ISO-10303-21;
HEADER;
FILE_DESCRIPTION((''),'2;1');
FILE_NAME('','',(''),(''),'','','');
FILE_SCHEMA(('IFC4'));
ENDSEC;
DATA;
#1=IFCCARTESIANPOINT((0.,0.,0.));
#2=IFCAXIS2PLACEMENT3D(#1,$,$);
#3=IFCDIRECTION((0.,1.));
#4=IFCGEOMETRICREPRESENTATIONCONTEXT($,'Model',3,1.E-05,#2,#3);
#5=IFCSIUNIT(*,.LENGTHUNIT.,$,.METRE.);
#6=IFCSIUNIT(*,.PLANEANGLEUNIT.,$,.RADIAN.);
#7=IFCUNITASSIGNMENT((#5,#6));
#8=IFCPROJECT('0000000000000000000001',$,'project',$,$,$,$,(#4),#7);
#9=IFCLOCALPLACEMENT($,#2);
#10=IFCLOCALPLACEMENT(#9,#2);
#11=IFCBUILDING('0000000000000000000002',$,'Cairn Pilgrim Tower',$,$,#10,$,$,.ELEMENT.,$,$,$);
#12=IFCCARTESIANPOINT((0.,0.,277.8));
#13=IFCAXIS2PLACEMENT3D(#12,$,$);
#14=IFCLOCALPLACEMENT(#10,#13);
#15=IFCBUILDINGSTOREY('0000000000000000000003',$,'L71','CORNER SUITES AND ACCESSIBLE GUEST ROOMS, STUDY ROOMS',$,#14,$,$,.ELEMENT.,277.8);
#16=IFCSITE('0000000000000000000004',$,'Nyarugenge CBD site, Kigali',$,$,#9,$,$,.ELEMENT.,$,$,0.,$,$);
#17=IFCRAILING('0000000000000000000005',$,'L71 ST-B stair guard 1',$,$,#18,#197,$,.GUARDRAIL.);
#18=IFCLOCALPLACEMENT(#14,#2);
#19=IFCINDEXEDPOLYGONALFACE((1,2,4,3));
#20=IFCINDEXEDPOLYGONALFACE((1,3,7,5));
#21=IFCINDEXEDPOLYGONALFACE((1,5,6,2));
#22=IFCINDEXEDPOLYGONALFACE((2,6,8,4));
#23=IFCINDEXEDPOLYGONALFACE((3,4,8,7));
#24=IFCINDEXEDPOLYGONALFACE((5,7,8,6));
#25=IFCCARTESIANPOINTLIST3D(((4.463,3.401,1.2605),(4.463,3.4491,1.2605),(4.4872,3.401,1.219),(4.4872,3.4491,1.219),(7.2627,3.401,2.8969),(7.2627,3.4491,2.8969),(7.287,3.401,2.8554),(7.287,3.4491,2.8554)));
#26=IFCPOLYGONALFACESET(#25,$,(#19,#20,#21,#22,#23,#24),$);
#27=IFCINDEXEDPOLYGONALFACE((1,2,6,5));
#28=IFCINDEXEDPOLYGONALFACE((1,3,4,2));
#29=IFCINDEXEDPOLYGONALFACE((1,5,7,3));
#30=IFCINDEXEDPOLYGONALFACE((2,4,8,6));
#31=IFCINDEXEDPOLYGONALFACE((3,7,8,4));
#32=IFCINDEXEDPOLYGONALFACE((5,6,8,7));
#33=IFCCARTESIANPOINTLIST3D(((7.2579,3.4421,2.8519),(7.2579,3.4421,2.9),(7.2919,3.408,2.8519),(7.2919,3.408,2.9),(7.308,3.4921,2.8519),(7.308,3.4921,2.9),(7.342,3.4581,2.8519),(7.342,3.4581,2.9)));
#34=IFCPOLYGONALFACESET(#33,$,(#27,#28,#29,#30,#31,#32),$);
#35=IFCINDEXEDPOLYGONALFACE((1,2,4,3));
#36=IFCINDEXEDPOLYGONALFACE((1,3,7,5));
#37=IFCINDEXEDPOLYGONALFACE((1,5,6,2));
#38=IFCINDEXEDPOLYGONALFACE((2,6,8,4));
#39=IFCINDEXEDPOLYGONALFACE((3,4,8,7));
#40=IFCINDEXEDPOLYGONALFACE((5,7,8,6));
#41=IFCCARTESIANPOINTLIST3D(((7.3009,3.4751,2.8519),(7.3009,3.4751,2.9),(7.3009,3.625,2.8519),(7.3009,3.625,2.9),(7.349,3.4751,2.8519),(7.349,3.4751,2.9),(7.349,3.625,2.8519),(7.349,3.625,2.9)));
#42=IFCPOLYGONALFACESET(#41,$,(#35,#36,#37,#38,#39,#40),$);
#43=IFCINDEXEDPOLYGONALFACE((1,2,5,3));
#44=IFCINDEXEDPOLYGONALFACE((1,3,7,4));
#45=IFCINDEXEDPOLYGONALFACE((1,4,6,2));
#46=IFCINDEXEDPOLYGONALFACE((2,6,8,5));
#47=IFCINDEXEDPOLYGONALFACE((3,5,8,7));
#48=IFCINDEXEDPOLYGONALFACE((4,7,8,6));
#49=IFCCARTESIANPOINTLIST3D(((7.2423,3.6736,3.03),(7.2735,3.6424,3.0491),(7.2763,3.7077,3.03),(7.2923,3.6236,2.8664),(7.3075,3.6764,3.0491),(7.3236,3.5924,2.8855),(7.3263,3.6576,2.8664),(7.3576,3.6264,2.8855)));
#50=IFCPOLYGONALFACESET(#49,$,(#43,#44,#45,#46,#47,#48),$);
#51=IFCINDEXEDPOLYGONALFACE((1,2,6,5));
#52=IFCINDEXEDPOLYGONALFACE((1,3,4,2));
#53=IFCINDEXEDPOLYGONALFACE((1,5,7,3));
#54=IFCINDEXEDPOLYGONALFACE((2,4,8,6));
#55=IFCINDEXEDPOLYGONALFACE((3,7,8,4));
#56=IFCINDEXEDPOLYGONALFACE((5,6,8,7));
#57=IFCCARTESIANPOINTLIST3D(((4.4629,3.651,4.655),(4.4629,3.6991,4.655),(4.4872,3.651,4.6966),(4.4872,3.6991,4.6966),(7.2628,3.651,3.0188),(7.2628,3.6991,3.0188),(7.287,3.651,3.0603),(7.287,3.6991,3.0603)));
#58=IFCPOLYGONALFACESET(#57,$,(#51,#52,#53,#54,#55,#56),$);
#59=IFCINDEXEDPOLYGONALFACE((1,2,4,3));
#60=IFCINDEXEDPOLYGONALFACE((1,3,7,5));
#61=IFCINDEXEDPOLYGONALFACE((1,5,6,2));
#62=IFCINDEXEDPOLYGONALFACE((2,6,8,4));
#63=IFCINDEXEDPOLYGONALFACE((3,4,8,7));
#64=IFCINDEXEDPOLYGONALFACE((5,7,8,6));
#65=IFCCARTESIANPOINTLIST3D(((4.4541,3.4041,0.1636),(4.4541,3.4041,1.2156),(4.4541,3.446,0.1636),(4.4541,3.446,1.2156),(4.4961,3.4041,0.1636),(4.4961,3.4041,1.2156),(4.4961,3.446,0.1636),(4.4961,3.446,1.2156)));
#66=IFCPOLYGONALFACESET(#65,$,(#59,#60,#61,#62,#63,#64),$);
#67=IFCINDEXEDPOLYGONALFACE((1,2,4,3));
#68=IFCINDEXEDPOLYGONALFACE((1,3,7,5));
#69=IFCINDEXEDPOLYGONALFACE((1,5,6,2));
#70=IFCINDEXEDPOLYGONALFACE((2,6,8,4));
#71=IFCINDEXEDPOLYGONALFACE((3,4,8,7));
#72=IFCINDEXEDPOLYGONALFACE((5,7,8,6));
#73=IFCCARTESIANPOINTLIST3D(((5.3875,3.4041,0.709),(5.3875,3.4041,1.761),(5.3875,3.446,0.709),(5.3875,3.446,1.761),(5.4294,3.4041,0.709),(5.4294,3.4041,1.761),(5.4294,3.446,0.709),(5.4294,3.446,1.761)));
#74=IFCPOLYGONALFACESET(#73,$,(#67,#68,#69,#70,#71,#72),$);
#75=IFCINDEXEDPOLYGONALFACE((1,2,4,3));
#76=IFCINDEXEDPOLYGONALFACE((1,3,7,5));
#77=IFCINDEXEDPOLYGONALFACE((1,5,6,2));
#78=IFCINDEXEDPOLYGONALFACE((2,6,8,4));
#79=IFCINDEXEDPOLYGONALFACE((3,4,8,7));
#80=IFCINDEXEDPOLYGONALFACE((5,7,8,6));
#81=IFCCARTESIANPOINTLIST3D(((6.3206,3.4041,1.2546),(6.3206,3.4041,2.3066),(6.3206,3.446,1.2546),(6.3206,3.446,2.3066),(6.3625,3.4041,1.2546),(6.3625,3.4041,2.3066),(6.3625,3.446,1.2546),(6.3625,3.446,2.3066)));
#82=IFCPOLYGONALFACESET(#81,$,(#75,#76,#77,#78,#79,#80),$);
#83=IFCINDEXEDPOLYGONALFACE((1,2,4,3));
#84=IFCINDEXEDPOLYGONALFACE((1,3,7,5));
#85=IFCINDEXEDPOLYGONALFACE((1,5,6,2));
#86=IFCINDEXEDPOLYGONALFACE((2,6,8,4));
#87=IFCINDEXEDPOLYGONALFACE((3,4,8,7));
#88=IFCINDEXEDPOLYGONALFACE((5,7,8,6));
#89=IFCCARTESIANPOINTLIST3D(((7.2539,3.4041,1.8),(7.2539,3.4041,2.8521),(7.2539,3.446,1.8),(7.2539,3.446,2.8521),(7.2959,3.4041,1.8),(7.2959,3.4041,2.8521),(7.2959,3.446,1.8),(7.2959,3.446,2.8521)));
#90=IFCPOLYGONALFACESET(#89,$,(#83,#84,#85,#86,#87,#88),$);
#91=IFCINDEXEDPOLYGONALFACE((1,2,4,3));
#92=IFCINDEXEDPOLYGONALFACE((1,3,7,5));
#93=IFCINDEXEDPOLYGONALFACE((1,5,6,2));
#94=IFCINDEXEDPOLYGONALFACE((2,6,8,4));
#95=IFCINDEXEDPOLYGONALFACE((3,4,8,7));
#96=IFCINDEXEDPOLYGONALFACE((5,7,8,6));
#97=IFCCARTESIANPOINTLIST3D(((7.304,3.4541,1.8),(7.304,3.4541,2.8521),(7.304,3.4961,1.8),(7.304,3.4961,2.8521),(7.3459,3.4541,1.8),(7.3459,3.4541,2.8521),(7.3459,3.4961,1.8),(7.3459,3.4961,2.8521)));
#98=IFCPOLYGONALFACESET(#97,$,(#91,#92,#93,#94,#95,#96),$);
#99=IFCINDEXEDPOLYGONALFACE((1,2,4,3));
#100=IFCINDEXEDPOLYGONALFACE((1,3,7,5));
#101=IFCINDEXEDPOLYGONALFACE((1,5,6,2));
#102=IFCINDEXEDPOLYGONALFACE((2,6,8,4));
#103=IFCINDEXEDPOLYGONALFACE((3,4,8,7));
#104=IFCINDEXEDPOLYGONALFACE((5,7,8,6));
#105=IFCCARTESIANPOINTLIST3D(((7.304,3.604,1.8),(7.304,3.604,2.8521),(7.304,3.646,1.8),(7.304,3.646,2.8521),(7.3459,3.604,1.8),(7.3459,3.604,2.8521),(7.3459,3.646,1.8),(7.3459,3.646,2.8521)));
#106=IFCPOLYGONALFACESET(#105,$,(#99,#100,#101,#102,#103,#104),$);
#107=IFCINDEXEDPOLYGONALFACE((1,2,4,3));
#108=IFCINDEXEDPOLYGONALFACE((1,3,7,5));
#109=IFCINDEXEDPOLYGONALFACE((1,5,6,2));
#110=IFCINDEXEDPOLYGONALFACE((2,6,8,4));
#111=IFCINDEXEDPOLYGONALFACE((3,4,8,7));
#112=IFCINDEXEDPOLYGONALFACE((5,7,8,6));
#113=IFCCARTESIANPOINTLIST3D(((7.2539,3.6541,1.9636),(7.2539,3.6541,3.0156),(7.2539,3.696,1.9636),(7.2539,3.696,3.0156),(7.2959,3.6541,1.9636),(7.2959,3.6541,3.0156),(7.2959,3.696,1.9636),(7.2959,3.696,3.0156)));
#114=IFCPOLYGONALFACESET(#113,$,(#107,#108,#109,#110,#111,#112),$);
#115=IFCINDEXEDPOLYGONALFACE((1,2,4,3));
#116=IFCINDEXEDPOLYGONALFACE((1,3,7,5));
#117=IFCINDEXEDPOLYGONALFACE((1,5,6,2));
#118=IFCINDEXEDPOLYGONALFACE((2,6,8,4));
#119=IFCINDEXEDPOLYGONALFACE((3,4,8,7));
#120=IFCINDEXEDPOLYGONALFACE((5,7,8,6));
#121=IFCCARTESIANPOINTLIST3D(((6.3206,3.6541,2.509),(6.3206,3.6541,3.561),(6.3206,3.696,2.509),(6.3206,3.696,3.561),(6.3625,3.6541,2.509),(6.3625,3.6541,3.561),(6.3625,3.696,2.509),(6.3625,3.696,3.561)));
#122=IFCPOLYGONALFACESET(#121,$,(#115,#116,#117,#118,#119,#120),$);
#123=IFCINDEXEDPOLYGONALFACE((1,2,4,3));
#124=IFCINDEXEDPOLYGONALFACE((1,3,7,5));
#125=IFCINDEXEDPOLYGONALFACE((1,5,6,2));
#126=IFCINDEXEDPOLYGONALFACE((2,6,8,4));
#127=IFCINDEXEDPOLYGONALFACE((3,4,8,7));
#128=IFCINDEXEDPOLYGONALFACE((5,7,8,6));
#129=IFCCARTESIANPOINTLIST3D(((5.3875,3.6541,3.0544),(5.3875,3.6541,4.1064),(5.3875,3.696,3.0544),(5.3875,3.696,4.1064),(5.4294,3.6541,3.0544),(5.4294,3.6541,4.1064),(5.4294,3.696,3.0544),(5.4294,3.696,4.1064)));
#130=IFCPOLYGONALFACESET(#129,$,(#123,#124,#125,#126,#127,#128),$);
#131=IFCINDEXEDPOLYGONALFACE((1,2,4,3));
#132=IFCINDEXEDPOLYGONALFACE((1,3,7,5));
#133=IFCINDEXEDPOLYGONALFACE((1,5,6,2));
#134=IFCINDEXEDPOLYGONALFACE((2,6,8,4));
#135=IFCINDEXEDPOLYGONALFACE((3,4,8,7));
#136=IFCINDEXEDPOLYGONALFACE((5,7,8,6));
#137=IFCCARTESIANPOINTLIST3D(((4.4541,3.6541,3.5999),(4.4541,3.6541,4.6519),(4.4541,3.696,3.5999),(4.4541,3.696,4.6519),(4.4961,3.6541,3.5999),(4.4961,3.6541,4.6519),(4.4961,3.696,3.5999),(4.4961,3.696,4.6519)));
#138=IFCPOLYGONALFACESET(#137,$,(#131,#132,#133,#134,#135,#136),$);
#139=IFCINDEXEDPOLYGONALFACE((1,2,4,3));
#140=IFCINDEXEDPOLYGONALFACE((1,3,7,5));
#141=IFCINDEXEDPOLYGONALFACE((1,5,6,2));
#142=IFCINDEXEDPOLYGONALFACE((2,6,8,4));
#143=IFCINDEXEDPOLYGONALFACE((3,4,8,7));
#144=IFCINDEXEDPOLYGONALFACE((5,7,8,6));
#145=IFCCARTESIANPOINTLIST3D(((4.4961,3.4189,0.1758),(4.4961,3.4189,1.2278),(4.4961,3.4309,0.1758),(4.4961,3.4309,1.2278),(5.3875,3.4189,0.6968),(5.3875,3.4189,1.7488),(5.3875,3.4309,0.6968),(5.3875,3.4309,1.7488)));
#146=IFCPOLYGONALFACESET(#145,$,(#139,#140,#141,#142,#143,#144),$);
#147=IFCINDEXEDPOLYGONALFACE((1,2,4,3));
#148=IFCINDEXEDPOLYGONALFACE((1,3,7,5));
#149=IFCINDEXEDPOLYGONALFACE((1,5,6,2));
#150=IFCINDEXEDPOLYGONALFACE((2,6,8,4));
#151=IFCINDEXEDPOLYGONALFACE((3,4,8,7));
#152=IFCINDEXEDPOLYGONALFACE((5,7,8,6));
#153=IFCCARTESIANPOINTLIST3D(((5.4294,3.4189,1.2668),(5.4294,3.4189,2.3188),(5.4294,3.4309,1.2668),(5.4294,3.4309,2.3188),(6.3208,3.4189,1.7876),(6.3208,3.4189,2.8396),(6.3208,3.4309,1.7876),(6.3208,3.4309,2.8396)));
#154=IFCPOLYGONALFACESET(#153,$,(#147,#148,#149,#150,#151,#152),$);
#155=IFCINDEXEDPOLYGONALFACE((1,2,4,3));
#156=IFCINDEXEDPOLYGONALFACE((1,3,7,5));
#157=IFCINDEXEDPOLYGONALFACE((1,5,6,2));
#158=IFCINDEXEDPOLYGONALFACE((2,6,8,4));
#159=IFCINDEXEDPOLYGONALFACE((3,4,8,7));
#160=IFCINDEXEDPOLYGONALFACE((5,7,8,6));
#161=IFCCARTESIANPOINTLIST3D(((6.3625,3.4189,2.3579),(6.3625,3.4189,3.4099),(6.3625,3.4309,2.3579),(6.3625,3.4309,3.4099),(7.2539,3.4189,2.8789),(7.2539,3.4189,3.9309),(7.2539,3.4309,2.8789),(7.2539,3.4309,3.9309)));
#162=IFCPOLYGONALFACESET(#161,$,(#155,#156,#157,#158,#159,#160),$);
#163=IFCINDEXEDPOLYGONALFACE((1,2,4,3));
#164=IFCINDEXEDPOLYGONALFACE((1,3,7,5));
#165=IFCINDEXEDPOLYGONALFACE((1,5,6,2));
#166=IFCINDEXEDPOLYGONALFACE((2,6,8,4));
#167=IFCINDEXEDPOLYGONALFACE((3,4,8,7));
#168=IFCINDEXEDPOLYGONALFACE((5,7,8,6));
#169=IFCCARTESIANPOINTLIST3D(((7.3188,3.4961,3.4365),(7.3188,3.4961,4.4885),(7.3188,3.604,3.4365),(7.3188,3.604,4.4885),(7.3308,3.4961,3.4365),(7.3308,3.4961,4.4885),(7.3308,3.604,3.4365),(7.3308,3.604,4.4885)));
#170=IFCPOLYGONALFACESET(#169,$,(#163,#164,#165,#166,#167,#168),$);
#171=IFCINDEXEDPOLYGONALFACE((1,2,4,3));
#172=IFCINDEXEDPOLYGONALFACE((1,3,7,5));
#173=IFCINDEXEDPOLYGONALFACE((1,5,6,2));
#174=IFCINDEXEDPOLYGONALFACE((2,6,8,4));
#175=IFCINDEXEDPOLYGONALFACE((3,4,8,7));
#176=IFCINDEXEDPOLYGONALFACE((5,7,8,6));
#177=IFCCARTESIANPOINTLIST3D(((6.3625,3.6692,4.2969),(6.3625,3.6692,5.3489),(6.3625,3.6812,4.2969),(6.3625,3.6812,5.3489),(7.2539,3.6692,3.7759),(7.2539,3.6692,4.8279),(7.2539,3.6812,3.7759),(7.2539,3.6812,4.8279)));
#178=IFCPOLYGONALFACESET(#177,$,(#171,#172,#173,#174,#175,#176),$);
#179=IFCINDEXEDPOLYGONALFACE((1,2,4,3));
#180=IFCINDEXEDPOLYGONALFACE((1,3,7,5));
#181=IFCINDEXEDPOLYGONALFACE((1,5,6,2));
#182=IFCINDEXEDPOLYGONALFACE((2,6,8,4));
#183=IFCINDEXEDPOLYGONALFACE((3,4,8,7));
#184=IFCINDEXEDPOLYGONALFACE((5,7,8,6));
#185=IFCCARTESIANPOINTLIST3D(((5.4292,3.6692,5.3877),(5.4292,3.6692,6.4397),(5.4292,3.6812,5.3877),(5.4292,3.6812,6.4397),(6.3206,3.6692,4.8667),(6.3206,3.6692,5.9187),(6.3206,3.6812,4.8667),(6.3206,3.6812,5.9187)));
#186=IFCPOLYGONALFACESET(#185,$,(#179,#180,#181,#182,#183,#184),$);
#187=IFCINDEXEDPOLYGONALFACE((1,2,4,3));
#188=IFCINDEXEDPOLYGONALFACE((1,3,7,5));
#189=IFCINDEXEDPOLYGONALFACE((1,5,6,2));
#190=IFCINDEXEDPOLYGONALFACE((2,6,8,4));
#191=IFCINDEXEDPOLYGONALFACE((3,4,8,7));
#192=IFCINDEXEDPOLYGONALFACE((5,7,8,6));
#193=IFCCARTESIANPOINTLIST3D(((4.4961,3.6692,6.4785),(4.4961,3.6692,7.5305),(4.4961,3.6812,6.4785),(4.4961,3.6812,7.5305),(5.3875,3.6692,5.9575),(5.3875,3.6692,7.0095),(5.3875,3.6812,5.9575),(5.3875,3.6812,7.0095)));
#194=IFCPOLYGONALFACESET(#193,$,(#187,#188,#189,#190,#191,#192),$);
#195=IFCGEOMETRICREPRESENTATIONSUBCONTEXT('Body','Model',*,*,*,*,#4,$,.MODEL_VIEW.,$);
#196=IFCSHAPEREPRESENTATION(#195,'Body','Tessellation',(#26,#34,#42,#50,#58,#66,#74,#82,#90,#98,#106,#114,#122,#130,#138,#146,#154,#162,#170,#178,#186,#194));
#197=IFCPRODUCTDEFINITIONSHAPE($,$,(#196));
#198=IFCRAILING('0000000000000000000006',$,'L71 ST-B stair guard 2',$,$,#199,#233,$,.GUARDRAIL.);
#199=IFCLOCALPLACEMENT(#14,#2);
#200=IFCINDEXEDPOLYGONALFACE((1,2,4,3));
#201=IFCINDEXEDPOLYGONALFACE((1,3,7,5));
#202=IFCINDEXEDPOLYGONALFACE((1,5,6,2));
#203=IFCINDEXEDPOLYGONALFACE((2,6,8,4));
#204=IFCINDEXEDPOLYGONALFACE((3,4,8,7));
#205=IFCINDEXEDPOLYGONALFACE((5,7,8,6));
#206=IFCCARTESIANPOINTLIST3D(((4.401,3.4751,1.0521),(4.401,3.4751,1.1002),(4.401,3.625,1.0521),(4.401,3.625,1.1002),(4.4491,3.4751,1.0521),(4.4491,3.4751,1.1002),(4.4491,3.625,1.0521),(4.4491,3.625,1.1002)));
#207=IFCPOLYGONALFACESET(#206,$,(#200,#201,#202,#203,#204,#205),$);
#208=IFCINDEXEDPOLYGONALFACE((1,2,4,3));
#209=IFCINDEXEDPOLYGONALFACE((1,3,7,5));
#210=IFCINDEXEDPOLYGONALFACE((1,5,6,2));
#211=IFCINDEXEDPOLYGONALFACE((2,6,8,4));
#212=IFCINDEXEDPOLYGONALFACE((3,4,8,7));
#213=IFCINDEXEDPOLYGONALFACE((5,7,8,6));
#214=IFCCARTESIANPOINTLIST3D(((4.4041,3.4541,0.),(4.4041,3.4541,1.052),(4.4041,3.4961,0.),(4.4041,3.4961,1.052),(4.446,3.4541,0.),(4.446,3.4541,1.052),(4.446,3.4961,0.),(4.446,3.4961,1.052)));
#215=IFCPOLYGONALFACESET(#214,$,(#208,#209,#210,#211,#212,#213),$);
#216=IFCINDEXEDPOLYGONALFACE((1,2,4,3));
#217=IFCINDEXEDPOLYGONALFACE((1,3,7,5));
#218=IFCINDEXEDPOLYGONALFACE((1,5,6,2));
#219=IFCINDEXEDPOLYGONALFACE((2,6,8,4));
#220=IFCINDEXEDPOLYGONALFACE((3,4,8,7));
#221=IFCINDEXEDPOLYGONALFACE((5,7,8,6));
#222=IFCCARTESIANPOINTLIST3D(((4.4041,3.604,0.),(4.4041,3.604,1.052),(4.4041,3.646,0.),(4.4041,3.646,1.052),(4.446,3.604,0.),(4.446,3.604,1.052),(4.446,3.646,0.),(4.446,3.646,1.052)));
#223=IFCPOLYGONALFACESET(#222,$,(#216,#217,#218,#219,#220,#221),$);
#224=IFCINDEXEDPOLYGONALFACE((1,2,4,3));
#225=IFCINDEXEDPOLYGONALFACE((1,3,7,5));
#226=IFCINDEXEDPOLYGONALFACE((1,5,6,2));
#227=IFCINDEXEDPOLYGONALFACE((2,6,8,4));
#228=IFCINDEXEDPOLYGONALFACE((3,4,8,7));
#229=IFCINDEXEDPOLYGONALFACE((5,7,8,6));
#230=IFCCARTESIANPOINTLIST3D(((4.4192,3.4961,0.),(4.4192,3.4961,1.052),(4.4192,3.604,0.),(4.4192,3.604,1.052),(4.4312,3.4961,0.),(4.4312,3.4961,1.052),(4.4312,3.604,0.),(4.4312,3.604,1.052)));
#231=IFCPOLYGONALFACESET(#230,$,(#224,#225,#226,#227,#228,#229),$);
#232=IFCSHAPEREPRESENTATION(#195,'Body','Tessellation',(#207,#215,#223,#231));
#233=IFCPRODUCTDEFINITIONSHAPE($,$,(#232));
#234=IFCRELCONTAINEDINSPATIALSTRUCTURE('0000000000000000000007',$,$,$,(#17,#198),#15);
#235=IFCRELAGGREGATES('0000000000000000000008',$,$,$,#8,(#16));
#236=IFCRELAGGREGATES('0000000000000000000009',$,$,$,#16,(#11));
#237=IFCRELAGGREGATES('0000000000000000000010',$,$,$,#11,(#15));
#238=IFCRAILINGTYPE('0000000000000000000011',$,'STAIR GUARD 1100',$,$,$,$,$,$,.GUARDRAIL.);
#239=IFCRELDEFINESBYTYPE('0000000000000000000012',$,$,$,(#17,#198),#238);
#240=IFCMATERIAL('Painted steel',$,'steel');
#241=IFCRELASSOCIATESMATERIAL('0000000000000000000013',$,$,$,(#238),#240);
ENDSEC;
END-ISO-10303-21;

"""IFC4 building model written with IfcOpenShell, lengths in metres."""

from ifc_helpers import new_model, si_unit, direction, frame, origin, origin_2d, place, context, subcontext, project, spatial, polyline, rectangle, outline, extrude, material, type_object, element, save


model = new_model("IFC4")

# Units and contexts
model_context = context("Model", 3, precision=1e-05, world=origin(), true_north=direction((0.0, 1.0)))
body_context = subcontext(model_context, "Body", "Model", "MODEL_VIEW")
ifc_project = project(units=[si_unit("LENGTHUNIT", "METRE"), si_unit("PLANEANGLEUNIT", "RADIAN")], contexts=[model_context])

# Site, building, storey
site_placement = place(None, origin())
site = spatial("IfcSite", under=ifc_project, at=site_placement, Name="Nyarugenge CBD site, Kigali", CompositionType="ELEMENT", RefElevation=0.0)
building_placement = place(site_placement, origin())
building = spatial("IfcBuilding", under=site, at=building_placement, Name="Cairn Pilgrim Tower", CompositionType="ELEMENT")
storey_placement = place(building_placement, frame((0.0, 0.0, 277.8)))
storey = spatial("IfcBuildingStorey", under=building, at=storey_placement, Name="L71", Description="CORNER SUITES AND ACCESSIBLE GUEST ROOMS, STUDY ROOMS", CompositionType="ELEMENT", Elevation=277.8)

# Shared definitions
ifc_material_1 = material(Name="Painted steel", Category="steel")

# Railings
railing_type_1 = type_object("IfcRailingType", Name="STAIR GUARD 1100", PredefinedType="GUARDRAIL", material=ifc_material_1)
railing_1_placement = place(storey_placement, frame((4.4751, 3.425, 0.1636)))
element("IfcRailing", 1, at=railing_1_placement, inside=storey, type_object=railing_type_1, Name="L71 ST-B stair guard 1", PredefinedType="GUARDRAIL", context=body_context, shape_type="SweptSolid", body=[
    extrude(rectangle(XDim=0.0481, YDim=0.0481, at=origin_2d()), frame((0.0, 0.0, 1.0762), z_axis=(0.863342, 0.0, 0.50462), x_axis=(0.0, 1.0, 0.0)), (0.0, 0.0, 1.0), 3.2429),
    extrude(rectangle(XDim=0.0481, YDim=0.0481, at=origin_2d()), frame((2.7998, 0.0, 2.7124), z_axis=(0.707107, 0.707107, 0.0), x_axis=(-0.707107, 0.707107, 0.0)), (0.0, 0.0, 1.0), 0.0708),
    extrude(rectangle(XDim=0.0481, YDim=0.0481, at=origin_2d()), frame((2.8499, 0.05, 2.7124), z_axis=(0.0, 1.0, 0.0), x_axis=(-1.0, 0.0, 0.0)), (0.0, 0.0, 1.0), 0.1499),
    extrude(rectangle(XDim=0.0481, YDim=0.0481, at=origin_2d()), frame((2.8499, 0.2, 2.7124), z_axis=(-0.280809, 0.280809, 0.917765), x_axis=(-0.707107, -0.707107, 0.0)), (0.0, 0.0, 1.0), 0.1782),
    extrude(rectangle(XDim=0.0481, YDim=0.0481, at=origin_2d()), frame((2.7998, 0.25, 2.876), z_axis=(-0.863374, 0.0, 0.504564), x_axis=(0.0, -1.0, 0.0)), (0.0, 0.0, 1.0), 3.2429),
    extrude(rectangle(XDim=0.042, YDim=0.042, at=origin_2d()), origin(), (0.0, 0.0, 1.0), 1.052),
    extrude(rectangle(XDim=0.042, YDim=0.042, at=origin_2d()), frame((0.9333, 0.0, 0.5454)), (0.0, 0.0, 1.0), 1.052),
    extrude(rectangle(XDim=0.042, YDim=0.042, at=origin_2d()), frame((1.8665, 0.0, 1.0911)), (0.0, 0.0, 1.0), 1.052),
    extrude(rectangle(XDim=0.042, YDim=0.042, at=origin_2d()), frame((2.7998, 0.0, 1.6365)), (0.0, 0.0, 1.0), 1.052),
    extrude(rectangle(XDim=0.042, YDim=0.042, at=origin_2d()), frame((2.8499, 0.05, 1.6365)), (0.0, 0.0, 1.0), 1.052),
    extrude(rectangle(XDim=0.042, YDim=0.042, at=origin_2d()), frame((2.8499, 0.2, 1.6365)), (0.0, 0.0, 1.0), 1.052),
    extrude(rectangle(XDim=0.042, YDim=0.042, at=origin_2d()), frame((2.7998, 0.25, 1.8)), (0.0, 0.0, 1.0), 1.052),
    extrude(rectangle(XDim=0.042, YDim=0.042, at=origin_2d()), frame((1.8665, 0.25, 2.3455)), (0.0, 0.0, 1.0), 1.052),
    extrude(rectangle(XDim=0.042, YDim=0.042, at=origin_2d()), frame((0.9333, 0.25, 2.8909)), (0.0, 0.0, 1.0), 1.052),
    extrude(rectangle(XDim=0.042, YDim=0.042, at=origin_2d()), frame((0.0, 0.25, 3.4363)), (0.0, 0.0, 1.0), 1.052),
    extrude(outline(polyline([(0.021, 0.0122), (0.9124, 0.5332), (0.9124, 1.5852), (0.021, 1.0642), (0.021, 0.0122)])), frame((0.0, 0.0059, 0.0), z_axis=(0.0, -1.0, 0.0), x_axis=(1.0, 0.0, 0.0)), (0.0, 0.0, 1.0), 0.012),
    extrude(outline(polyline([(0.021, 0.5579), (0.9124, 1.0786), (0.9124, 2.1306), (0.021, 1.6099), (0.021, 0.5579)])), frame((0.9333, 0.0059, 0.5454), z_axis=(0.0, -1.0, 0.0), x_axis=(1.0, 0.0, 0.0)), (0.0, 0.0, 1.0), 0.012),
    extrude(outline(polyline([(0.021, 1.1033), (0.9124, 1.6243), (0.9124, 2.6763), (0.021, 2.1553), (0.021, 1.1033)])), frame((1.8665, 0.0059, 1.0911), z_axis=(0.0, -1.0, 0.0), x_axis=(1.0, 0.0, 0.0)), (0.0, 0.0, 1.0), 0.012),
    extrude(outline(polyline([(0.021, 1.6365), (0.1289, 1.6365), (0.1289, 2.6885), (0.021, 2.6885), (0.021, 1.6365)])), frame((2.8438, 0.05, 1.6365), z_axis=(1.0, 0.0, 0.0), x_axis=(0.0, 1.0, 0.0)), (0.0, 0.0, 1.0), 0.012),
    extrude(outline(polyline([(0.021, 1.8123), (0.9124, 2.3333), (0.9124, 3.3853), (0.021, 2.8643), (0.021, 1.8123)])), frame((2.7998, 0.2441, 1.8), z_axis=(0.0, 1.0, 0.0), x_axis=(-1.0, 0.0, 0.0)), (0.0, 0.0, 1.0), 0.012),
    extrude(outline(polyline([(0.021, 2.3577), (0.9124, 2.8787), (0.9124, 3.9307), (0.021, 3.4097), (0.021, 2.3577)])), frame((1.8665, 0.2441, 2.3455), z_axis=(0.0, 1.0, 0.0), x_axis=(-1.0, 0.0, 0.0)), (0.0, 0.0, 1.0), 0.012),
    extrude(outline(polyline([(0.021, 2.9031), (0.9124, 3.4241), (0.9124, 4.4761), (0.021, 3.9551), (0.021, 2.9031)])), frame((0.9333, 0.2441, 2.8909), z_axis=(0.0, 1.0, 0.0), x_axis=(-1.0, 0.0, 0.0)), (0.0, 0.0, 1.0), 0.012),
])
railing_2_placement = place(storey_placement, frame((4.425, 3.4751, 0.0)))
element("IfcRailing", 2, at=railing_2_placement, inside=storey, type_object=railing_type_1, Name="L71 ST-B stair guard 2", PredefinedType="GUARDRAIL", context=body_context, shape_type="SweptSolid", body=[
    extrude(rectangle(XDim=0.0481, YDim=0.0481, at=origin_2d()), frame((0.0, 0.0, 1.0762), z_axis=(0.0, 1.0, 0.0), x_axis=(-1.0, 0.0, 0.0)), (0.0, 0.0, 1.0), 0.1499),
    extrude(rectangle(XDim=0.042, YDim=0.042, at=origin_2d()), origin(), (0.0, 0.0, 1.0), 1.052),
    extrude(rectangle(XDim=0.042, YDim=0.042, at=origin_2d()), frame((0.0, 0.1499, 0.0)), (0.0, 0.0, 1.0), 1.052),
    extrude(outline(polyline([(0.021, 0.0), (0.1289, 0.0), (0.1289, 1.052), (0.021, 1.052), (0.021, 0.0)])), frame((-0.0059, 0.0, 0.0), z_axis=(1.0, 0.0, 0.0), x_axis=(0.0, 1.0, 0.0)), (0.0, 0.0, 1.0), 0.012),
])

save(model, "model.ifc")
